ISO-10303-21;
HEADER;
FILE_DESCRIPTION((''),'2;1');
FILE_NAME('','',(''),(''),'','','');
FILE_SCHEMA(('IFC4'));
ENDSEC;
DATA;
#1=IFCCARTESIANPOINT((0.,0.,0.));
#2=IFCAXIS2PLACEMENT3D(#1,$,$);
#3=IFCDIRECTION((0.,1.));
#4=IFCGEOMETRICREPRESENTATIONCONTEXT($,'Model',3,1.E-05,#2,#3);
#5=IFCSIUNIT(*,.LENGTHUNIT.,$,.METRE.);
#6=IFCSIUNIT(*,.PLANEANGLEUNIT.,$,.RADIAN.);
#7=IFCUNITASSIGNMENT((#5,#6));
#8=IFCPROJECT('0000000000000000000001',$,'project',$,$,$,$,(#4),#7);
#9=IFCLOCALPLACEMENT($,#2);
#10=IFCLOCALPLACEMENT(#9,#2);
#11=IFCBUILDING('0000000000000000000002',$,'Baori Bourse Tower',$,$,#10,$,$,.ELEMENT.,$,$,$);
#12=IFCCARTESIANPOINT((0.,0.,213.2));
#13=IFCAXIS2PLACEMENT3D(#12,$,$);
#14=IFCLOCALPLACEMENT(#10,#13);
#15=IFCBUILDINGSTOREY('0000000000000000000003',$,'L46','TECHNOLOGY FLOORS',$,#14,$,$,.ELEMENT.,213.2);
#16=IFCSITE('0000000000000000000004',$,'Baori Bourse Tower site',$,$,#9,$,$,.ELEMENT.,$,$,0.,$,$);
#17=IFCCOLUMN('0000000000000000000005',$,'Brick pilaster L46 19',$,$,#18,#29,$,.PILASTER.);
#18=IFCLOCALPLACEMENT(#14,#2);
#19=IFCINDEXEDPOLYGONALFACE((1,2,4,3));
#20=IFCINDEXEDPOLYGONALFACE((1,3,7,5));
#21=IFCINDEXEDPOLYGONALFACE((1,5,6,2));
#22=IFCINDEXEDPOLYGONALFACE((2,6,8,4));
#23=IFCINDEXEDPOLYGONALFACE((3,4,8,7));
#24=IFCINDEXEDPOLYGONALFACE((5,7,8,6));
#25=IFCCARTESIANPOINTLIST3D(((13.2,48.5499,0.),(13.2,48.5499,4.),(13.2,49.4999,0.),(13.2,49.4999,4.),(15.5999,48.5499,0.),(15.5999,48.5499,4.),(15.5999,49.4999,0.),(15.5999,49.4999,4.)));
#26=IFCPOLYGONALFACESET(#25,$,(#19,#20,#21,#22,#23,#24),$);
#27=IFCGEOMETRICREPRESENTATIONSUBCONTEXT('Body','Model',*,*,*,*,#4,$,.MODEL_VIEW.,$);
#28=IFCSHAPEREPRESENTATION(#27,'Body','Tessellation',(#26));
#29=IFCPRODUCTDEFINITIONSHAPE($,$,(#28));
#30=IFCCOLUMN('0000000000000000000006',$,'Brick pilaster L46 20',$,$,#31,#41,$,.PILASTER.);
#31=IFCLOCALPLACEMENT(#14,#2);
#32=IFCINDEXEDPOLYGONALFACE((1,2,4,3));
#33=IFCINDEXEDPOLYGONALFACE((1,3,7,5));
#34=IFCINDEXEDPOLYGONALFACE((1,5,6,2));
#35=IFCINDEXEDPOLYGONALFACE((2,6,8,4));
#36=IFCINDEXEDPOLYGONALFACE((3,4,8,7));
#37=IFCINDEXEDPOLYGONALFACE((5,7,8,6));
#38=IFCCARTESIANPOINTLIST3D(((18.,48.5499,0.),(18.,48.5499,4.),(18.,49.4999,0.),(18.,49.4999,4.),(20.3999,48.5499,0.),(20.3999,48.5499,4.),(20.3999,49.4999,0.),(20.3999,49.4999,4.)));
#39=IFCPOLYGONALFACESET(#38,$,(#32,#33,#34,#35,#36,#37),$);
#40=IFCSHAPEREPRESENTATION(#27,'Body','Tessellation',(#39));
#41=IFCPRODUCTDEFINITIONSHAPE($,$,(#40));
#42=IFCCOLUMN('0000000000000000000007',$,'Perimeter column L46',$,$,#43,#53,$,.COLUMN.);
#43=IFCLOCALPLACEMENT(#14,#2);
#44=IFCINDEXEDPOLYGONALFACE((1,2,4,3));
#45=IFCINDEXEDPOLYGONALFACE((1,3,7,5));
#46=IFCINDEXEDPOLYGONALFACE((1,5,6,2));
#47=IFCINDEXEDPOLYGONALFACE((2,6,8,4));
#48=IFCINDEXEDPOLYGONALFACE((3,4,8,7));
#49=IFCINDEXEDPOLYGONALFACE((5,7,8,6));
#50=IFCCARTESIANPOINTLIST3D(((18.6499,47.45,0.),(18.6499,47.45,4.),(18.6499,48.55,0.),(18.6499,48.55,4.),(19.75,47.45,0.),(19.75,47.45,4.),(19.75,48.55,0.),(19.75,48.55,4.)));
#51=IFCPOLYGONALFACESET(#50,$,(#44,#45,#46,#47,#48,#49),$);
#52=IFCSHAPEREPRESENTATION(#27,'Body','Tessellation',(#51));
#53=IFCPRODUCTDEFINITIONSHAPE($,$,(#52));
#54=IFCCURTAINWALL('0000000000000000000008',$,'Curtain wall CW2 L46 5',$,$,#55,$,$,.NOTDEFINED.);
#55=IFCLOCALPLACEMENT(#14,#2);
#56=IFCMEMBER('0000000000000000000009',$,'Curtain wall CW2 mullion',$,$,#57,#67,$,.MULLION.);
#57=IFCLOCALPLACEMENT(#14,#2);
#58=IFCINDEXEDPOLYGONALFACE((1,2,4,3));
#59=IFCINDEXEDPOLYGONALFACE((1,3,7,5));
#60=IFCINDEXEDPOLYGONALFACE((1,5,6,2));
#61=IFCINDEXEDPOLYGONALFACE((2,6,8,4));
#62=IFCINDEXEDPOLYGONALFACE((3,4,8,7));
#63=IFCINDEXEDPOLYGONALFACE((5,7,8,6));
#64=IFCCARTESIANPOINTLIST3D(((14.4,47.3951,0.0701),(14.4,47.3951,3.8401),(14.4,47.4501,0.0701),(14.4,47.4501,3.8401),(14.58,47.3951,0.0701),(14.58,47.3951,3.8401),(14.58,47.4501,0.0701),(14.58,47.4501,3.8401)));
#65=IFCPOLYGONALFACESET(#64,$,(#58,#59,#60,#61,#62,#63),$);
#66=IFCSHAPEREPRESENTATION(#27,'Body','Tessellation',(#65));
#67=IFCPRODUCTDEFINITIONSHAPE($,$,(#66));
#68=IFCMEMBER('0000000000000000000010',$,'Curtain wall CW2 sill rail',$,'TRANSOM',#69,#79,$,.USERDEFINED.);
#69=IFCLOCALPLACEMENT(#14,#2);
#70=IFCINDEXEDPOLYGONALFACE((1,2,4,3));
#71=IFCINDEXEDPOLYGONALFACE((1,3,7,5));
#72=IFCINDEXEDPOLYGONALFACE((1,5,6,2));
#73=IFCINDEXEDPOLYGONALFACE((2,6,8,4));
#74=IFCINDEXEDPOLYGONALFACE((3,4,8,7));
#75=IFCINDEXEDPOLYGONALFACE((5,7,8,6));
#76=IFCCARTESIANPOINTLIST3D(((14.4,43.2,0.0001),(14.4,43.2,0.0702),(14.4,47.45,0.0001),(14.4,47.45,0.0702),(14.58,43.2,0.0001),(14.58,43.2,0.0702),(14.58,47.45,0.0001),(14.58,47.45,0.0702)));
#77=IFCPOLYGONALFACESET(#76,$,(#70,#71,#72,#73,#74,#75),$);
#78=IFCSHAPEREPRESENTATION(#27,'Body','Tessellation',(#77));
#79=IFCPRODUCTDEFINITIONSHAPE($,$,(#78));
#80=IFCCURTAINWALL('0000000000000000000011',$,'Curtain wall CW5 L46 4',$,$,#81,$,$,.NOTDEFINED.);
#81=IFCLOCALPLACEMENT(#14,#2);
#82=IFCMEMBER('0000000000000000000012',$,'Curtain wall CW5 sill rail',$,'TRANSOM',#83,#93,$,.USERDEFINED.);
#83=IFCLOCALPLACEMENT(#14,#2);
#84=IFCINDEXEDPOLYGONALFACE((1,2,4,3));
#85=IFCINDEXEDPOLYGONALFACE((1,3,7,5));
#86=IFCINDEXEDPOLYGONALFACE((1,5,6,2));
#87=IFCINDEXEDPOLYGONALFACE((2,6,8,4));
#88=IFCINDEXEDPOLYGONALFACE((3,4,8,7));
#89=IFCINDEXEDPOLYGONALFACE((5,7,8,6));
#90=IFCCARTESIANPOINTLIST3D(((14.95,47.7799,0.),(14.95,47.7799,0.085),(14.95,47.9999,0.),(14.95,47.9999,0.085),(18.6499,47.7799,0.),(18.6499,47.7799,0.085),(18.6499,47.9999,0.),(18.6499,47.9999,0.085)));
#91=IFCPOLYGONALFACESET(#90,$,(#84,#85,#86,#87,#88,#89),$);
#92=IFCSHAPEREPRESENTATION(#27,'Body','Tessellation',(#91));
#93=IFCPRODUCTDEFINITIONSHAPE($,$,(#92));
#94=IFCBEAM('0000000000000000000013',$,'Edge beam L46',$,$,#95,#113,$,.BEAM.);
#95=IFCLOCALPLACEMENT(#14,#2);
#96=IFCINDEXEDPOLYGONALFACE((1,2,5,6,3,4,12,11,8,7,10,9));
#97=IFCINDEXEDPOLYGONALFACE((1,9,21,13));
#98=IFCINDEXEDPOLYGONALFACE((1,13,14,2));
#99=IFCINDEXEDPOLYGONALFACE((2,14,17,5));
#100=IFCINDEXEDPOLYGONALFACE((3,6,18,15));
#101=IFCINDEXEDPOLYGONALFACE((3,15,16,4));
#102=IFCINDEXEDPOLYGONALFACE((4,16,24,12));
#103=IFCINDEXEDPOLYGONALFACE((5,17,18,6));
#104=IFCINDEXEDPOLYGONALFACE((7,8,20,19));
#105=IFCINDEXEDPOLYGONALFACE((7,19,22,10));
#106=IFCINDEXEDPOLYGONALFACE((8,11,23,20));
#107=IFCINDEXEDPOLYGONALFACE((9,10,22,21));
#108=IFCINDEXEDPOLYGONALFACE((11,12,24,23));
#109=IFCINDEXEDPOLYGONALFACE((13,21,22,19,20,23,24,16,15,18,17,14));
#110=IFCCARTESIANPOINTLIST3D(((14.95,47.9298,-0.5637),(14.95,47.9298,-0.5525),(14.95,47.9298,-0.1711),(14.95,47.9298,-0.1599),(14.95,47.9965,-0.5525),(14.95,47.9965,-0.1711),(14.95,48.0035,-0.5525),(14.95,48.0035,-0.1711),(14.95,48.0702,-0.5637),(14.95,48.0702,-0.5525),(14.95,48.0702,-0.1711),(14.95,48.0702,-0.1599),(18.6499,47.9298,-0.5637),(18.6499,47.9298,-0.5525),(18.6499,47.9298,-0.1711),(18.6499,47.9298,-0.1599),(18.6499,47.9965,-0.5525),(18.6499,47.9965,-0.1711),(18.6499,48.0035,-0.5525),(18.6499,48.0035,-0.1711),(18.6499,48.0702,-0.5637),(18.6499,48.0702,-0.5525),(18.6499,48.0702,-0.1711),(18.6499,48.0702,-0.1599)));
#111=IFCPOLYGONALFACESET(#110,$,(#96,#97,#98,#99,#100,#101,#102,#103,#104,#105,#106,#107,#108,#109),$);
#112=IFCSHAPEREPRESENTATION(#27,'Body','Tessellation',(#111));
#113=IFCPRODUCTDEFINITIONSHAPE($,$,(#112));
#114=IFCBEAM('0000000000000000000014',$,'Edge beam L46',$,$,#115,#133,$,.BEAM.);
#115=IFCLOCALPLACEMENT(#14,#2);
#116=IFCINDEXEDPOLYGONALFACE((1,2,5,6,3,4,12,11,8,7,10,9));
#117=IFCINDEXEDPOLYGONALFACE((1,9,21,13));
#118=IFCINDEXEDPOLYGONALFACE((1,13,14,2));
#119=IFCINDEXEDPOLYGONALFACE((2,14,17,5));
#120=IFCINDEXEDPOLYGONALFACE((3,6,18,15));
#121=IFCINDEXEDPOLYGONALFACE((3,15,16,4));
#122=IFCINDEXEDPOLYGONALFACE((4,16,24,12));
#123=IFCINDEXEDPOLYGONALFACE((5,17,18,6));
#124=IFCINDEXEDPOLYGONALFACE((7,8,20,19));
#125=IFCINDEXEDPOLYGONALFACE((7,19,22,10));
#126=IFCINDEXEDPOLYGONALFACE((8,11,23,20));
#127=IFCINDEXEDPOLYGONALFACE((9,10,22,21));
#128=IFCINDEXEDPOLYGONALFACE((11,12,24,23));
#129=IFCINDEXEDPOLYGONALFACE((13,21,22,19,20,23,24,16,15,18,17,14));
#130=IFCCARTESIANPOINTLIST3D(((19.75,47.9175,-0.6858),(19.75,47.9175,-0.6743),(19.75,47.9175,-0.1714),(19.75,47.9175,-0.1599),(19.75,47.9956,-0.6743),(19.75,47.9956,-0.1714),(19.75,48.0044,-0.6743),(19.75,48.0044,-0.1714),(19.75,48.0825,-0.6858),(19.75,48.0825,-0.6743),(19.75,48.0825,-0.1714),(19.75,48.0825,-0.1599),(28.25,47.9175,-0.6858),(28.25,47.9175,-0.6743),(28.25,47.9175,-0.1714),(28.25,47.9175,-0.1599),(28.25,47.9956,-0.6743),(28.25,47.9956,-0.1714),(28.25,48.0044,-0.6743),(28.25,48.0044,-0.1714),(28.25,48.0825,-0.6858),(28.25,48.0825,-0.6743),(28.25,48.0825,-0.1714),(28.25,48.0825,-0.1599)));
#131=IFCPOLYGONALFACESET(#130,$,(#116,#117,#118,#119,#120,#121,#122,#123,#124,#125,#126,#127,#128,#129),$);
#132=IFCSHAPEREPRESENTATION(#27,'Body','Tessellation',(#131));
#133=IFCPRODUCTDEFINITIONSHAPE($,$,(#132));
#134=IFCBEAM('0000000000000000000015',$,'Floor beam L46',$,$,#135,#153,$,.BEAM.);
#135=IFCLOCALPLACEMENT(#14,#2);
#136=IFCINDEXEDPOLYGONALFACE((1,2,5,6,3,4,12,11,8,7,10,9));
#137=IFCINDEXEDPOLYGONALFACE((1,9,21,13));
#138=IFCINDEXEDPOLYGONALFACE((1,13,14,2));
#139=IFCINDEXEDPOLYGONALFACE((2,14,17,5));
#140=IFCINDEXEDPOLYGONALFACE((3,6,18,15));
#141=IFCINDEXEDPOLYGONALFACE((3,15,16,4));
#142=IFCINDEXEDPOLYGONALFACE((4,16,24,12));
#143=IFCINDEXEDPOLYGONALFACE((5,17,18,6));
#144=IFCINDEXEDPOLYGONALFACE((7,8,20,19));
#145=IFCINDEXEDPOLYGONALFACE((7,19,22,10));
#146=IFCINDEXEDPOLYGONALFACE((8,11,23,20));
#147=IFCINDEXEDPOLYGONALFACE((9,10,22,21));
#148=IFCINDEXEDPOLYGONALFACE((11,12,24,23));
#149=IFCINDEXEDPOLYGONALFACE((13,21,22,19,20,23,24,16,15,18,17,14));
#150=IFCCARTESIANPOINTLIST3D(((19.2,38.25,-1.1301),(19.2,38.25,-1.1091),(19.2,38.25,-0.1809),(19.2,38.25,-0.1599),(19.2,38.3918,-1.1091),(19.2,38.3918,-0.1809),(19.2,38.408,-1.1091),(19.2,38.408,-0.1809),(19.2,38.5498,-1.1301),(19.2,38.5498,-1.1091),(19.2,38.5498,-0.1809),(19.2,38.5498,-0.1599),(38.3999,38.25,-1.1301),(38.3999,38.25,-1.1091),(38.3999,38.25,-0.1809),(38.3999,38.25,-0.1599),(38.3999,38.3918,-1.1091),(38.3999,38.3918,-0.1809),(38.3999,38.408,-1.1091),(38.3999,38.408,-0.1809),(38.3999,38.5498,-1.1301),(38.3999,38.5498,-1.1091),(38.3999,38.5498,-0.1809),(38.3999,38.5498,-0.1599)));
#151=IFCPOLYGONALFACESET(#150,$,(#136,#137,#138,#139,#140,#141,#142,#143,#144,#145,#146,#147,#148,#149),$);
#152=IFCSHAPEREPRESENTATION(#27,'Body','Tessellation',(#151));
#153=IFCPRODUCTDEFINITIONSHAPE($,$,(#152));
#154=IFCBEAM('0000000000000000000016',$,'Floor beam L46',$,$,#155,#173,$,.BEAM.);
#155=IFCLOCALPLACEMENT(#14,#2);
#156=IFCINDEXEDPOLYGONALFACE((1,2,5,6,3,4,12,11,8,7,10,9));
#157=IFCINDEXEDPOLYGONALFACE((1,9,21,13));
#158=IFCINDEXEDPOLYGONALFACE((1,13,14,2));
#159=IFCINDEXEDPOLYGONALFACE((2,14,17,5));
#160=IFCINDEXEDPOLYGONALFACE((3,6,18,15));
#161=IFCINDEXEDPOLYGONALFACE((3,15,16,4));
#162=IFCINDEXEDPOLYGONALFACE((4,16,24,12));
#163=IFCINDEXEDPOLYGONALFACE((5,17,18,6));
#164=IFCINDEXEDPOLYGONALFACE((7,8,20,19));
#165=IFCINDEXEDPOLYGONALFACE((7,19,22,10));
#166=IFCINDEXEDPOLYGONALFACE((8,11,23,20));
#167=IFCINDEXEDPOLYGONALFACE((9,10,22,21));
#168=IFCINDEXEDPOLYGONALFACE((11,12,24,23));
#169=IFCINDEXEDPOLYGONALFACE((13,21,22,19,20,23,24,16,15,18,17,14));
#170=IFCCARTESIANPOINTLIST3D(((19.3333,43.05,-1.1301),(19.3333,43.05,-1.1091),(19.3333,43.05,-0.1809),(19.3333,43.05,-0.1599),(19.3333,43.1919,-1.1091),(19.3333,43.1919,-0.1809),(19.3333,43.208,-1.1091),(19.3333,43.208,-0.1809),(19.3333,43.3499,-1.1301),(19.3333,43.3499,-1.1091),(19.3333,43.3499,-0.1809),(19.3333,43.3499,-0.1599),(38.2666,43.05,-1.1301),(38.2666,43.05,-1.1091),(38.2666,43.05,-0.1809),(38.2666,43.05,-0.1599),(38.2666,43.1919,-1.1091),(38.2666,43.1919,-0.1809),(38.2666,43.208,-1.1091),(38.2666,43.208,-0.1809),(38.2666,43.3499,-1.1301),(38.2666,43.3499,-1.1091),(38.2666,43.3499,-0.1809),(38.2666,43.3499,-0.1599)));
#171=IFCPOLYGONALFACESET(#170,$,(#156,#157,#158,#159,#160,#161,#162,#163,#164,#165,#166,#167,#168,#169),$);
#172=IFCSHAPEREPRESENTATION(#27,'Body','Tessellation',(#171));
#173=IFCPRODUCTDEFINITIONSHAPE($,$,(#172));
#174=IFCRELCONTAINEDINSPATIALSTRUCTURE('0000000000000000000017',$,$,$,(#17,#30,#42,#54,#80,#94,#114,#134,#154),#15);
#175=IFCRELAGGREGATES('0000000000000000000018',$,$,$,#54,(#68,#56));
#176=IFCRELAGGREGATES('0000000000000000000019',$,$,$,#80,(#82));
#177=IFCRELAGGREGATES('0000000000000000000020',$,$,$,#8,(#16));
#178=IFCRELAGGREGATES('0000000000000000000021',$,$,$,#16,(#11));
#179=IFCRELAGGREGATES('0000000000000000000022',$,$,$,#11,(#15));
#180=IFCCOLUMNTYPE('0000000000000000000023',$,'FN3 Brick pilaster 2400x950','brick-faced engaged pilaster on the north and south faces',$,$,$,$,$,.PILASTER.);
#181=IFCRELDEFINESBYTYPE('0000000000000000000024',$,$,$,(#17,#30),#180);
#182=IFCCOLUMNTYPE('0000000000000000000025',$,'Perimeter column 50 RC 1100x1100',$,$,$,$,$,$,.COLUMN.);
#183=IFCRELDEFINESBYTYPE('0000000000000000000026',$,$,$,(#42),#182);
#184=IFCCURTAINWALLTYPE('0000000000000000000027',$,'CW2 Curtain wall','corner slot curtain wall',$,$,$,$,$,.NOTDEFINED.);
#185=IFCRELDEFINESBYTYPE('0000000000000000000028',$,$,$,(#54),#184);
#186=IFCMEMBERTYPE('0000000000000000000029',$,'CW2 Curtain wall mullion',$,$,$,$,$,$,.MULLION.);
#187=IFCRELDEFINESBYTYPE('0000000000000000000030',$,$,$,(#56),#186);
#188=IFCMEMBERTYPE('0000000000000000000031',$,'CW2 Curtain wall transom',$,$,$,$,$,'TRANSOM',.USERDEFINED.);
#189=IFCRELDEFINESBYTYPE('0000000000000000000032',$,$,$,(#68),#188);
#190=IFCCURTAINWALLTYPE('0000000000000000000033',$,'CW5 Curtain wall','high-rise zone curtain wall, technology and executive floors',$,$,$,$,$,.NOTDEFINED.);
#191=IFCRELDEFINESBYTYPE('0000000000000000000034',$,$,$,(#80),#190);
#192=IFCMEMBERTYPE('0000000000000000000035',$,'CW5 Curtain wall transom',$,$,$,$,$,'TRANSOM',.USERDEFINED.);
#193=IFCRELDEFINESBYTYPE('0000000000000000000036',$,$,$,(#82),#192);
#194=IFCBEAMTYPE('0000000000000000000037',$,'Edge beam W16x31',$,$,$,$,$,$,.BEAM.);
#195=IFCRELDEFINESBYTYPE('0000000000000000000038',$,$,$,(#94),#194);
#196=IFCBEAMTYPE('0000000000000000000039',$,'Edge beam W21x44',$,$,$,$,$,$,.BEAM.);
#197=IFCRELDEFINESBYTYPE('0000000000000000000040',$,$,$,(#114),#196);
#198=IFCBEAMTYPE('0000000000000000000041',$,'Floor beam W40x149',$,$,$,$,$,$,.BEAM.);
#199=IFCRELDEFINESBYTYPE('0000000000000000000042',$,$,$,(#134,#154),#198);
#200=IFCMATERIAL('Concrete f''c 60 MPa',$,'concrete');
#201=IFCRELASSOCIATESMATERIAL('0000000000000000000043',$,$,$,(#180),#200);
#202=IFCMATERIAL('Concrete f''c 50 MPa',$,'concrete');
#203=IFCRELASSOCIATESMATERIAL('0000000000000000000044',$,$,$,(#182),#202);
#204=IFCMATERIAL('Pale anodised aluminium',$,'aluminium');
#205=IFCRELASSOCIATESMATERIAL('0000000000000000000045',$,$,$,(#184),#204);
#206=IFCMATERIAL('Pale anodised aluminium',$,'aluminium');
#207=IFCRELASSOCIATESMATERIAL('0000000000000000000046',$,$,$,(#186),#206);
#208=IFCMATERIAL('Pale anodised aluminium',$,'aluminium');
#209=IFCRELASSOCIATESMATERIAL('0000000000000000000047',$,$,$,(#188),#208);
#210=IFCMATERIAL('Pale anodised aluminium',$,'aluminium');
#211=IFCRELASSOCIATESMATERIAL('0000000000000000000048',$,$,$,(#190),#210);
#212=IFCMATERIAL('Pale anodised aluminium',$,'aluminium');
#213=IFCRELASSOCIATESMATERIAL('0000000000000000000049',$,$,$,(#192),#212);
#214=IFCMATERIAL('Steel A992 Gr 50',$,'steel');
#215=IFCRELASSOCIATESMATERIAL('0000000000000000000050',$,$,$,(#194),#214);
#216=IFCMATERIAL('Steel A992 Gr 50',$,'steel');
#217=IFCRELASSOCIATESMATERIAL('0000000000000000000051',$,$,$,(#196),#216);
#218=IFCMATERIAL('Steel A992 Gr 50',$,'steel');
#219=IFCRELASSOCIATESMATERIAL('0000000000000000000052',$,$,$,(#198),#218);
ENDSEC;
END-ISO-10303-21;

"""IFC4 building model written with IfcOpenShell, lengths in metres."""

from ifc_helpers import new_model, si_unit, direction, frame, origin, origin_2d, place, context, subcontext, project, spatial, rectangle, i_section, extrude, material, material_profile, profile_set, type_object, element, aggregate, save


model = new_model("IFC4")

# Units and contexts
model_context = context("Model", 3, precision=1e-05, world=origin(), true_north=direction((0.0, 1.0)))
body_context = subcontext(model_context, "Body", "Model", "MODEL_VIEW")
ifc_project = project(units=[si_unit("LENGTHUNIT", "METRE"), si_unit("PLANEANGLEUNIT", "RADIAN")], contexts=[model_context])

# Site, building, storey
site_placement = place(None, origin())
site = spatial("IfcSite", under=ifc_project, at=site_placement, Name="Baori Bourse Tower site", CompositionType="ELEMENT", RefElevation=0.0)
building_placement = place(site_placement, origin())
building = spatial("IfcBuilding", under=site, at=building_placement, Name="Baori Bourse Tower", CompositionType="ELEMENT")
storey_placement = place(building_placement, frame((0.0, 0.0, 213.2)))
storey = spatial("IfcBuildingStorey", under=building, at=storey_placement, Name="L46", Description="TECHNOLOGY FLOORS", CompositionType="ELEMENT", Elevation=213.2)

# Columns
ifc_material_1 = material(Name="Concrete f'c 60 MPa", Category="concrete")
ifc_material_profile_1 = material_profile(ifc_material_1, rectangle(XDim=2.3999, YDim=0.95, at=origin_2d()), Name="RC 2400x950")
ifc_profile_set_1 = profile_set([ifc_material_profile_1], Name="Concrete f'c 60 MPa")
column_type_1 = type_object("IfcColumnType", Name="FN3 Brick pilaster 2400x950", Description="brick-faced engaged pilaster on the north and south faces", PredefinedType="PILASTER", material=ifc_profile_set_1)
for number, where, z_axis, x_axis, name in (
    (1, (14.3999, 49.0249, 0.0), (0.0, 0.0, 1.0), (1.0, 0.0, 0.0), "Brick pilaster L46 19"),
    (2, (19.2, 49.0249, 0.0), (0.0, 0.0, 1.0), (1.0, 0.0, 0.0), "Brick pilaster L46 20"),
):
    element("IfcColumn", number, at=place(storey_placement, frame(where, z_axis=z_axis, x_axis=x_axis)), inside=storey, type_object=column_type_1, Name=name, PredefinedType="PILASTER", context=body_context, shape_type="SweptSolid", body=[
        extrude(rectangle(XDim=2.3999, YDim=0.95, at=origin_2d()), origin(), (0.0, 0.0, 1.0), 4.0),
    ])
ifc_material_2 = material(Name="Concrete f'c 50 MPa", Category="concrete")
ifc_material_profile_2 = material_profile(ifc_material_2, rectangle(XDim=1.1001, YDim=1.1001, at=origin_2d()), Name="RC 1100x1100")
ifc_profile_set_2 = profile_set([ifc_material_profile_2], Name="Concrete f'c 50 MPa")
column_type_2 = type_object("IfcColumnType", Name="Perimeter column 50 RC 1100x1100", PredefinedType="COLUMN", material=ifc_profile_set_2)
column_placement = place(storey_placement, frame((19.2, 48.0, 0.0), z_axis=(0.0, 0.0, 1.0), x_axis=(1.0, 0.0, 0.0)))
element("IfcColumn", 3, at=column_placement, inside=storey, type_object=column_type_2, Name="Perimeter column L46", PredefinedType="COLUMN", context=body_context, shape_type="SweptSolid", body=[
    extrude(rectangle(XDim=1.1001, YDim=1.1001, at=origin_2d()), origin(), (0.0, 0.0, 1.0), 4.0),
])

# Curtain wall, members
ifc_material_3 = material(Name="Pale anodised aluminium", Category="aluminium")
curtain_wall_type_1 = type_object("IfcCurtainWallType", Name="CW2 Curtain wall", Description="corner slot curtain wall", PredefinedType="NOTDEFINED", material=ifc_material_3)
curtain_wall_1_placement = place(storey_placement, origin())
curtain_wall_1 = element("IfcCurtainWall", 4, at=curtain_wall_1_placement, inside=storey, type_object=curtain_wall_type_1, Name="Curtain wall CW2 L46 5", PredefinedType="NOTDEFINED")
ifc_material_4 = material(Name="Pale anodised aluminium", Category="aluminium")
ifc_material_profile_3 = material_profile(ifc_material_4, rectangle(XDim=0.1799, YDim=0.0549, at=origin_2d()), Name="Mullion 55x180")
ifc_profile_set_3 = profile_set([ifc_material_profile_3], Name="Pale anodised aluminium")
member_type_1 = type_object("IfcMemberType", Name="CW2 Curtain wall mullion", PredefinedType="MULLION", material=ifc_profile_set_3)
member_1_placement = place(storey_placement, frame((14.49, 47.4226, 0.0701), z_axis=(0.0, 0.0, 1.0), x_axis=(1.0, 0.0, 0.0)))
member_1 = element("IfcMember", 5, at=member_1_placement, type_object=member_type_1, Name="Curtain wall CW2 mullion", PredefinedType="MULLION", context=body_context, shape_type="SweptSolid", body=[
    extrude(rectangle(XDim=0.1799, YDim=0.0549, at=origin_2d()), origin(), (0.0, 0.0, 1.0), 3.77),
])
ifc_material_5 = material(Name="Pale anodised aluminium", Category="aluminium")
ifc_material_profile_4 = material_profile(ifc_material_5, rectangle(XDim=0.1799, YDim=0.0701, at=origin_2d()), Name="Transom 70x180")
ifc_profile_set_4 = profile_set([ifc_material_profile_4], Name="Pale anodised aluminium")
member_type_2 = type_object("IfcMemberType", Name="CW2 Curtain wall transom", ElementType="TRANSOM", PredefinedType="USERDEFINED", material=ifc_profile_set_4)
member_2_placement = place(storey_placement, frame((14.49, 47.45, 0.0352), z_axis=(0.0, -1.0, 0.0), x_axis=(1.0, 0.0, 0.0)))
member_2 = element("IfcMember", 6, at=member_2_placement, type_object=member_type_2, Name="Curtain wall CW2 sill rail", ObjectType="TRANSOM", PredefinedType="USERDEFINED", context=body_context, shape_type="SweptSolid", body=[
    extrude(rectangle(XDim=0.1799, YDim=0.0701, at=origin_2d()), origin(), (0.0, 0.0, 1.0), 4.25),
])

# Curtain wall, member
ifc_material_6 = material(Name="Pale anodised aluminium", Category="aluminium")
curtain_wall_type_2 = type_object("IfcCurtainWallType", Name="CW5 Curtain wall", Description="high-rise zone curtain wall, technology and executive floors", PredefinedType="NOTDEFINED", material=ifc_material_6)
curtain_wall_2_placement = place(storey_placement, origin())
curtain_wall_2 = element("IfcCurtainWall", 7, at=curtain_wall_2_placement, inside=storey, type_object=curtain_wall_type_2, Name="Curtain wall CW5 L46 4", PredefinedType="NOTDEFINED")
ifc_material_7 = material(Name="Pale anodised aluminium", Category="aluminium")
ifc_material_profile_5 = material_profile(ifc_material_7, rectangle(XDim=0.22, YDim=0.085, at=origin_2d()), Name="Transom 85x220")
ifc_profile_set_5 = profile_set([ifc_material_profile_5], Name="Pale anodised aluminium")
member_type_3 = type_object("IfcMemberType", Name="CW5 Curtain wall transom", ElementType="TRANSOM", PredefinedType="USERDEFINED", material=ifc_profile_set_5)
member_3_placement = place(storey_placement, frame((18.6499, 47.8899, 0.0425), z_axis=(-1.0, 0.0, 0.0), x_axis=(0.0, -1.0, 0.0)))
member_3 = element("IfcMember", 8, at=member_3_placement, type_object=member_type_3, Name="Curtain wall CW5 sill rail", ObjectType="TRANSOM", PredefinedType="USERDEFINED", context=body_context, shape_type="SweptSolid", body=[
    extrude(rectangle(XDim=0.22, YDim=0.085, at=origin_2d()), origin(), (0.0, 0.0, 1.0), 3.7),
])

# Beams
ifc_material_8 = material(Name="Steel A992 Gr 50", Category="steel")
ifc_material_profile_6 = material_profile(ifc_material_8, i_section(OverallWidth=0.1404, OverallDepth=0.4038, WebThickness=0.0071, FlangeThickness=0.0112, at=origin_2d()), Name="W16x31")
ifc_profile_set_6 = profile_set([ifc_material_profile_6], Name="Steel A992 Gr 50")
beam_type_1 = type_object("IfcBeamType", Name="Edge beam W16x31", PredefinedType="BEAM", material=ifc_profile_set_6)
beam_1_placement = place(storey_placement, frame((14.95, 48.0, -0.3618), z_axis=(1.0, 0.0, 0.0), x_axis=(0.0, 1.0, 0.0)))
element("IfcBeam", 9, at=beam_1_placement, inside=storey, type_object=beam_type_1, Name="Edge beam L46", PredefinedType="BEAM", context=body_context, shape_type="SweptSolid", body=[
    extrude(i_section(OverallWidth=0.1404, OverallDepth=0.4038, WebThickness=0.0071, FlangeThickness=0.0112, at=origin_2d()), origin(), (0.0, 0.0, 1.0), 3.7),
])
ifc_material_9 = material(Name="Steel A992 Gr 50", Category="steel")
ifc_material_profile_7 = material_profile(ifc_material_9, i_section(OverallWidth=0.165, OverallDepth=0.5259, WebThickness=0.0088, FlangeThickness=0.0115, at=origin_2d()), Name="W21x44")
ifc_profile_set_7 = profile_set([ifc_material_profile_7], Name="Steel A992 Gr 50")
beam_type_2 = type_object("IfcBeamType", Name="Edge beam W21x44", PredefinedType="BEAM", material=ifc_profile_set_7)
beam_2_placement = place(storey_placement, frame((19.75, 48.0, -0.4229), z_axis=(1.0, 0.0, 0.0), x_axis=(0.0, 1.0, 0.0)))
element("IfcBeam", 10, at=beam_2_placement, inside=storey, type_object=beam_type_2, Name="Edge beam L46", PredefinedType="BEAM", context=body_context, shape_type="SweptSolid", body=[
    extrude(i_section(OverallWidth=0.165, OverallDepth=0.5259, WebThickness=0.0088, FlangeThickness=0.0115, at=origin_2d()), origin(), (0.0, 0.0, 1.0), 8.5),
])
ifc_material_10 = material(Name="Steel A992 Gr 50", Category="steel")
ifc_material_profile_8 = material_profile(ifc_material_10, i_section(OverallWidth=0.2998, OverallDepth=0.9702, WebThickness=0.0161, FlangeThickness=0.021, at=origin_2d()), Name="W40x149")
ifc_profile_set_8 = profile_set([ifc_material_profile_8], Name="Steel A992 Gr 50")
beam_type_3 = type_object("IfcBeamType", Name="Floor beam W40x149", PredefinedType="BEAM", material=ifc_profile_set_8)
beam_3_placement = place(storey_placement, frame((19.2, 38.3999, -0.645), z_axis=(1.0, 0.0, 0.0), x_axis=(0.0, 1.0, 0.0)))
element("IfcBeam", 11, at=beam_3_placement, inside=storey, type_object=beam_type_3, Name="Floor beam L46", PredefinedType="BEAM", context=body_context, shape_type="SweptSolid", body=[
    extrude(i_section(OverallWidth=0.2998, OverallDepth=0.9702, WebThickness=0.0161, FlangeThickness=0.021, at=origin_2d()), origin(), (0.0, 0.0, 1.0), 19.2),
])
beam_4_placement = place(storey_placement, frame((19.3333, 43.2, -0.645), z_axis=(1.0, 0.0, 0.0), x_axis=(0.0, 1.0, 0.0)))
element("IfcBeam", 12, at=beam_4_placement, inside=storey, type_object=beam_type_3, Name="Floor beam L46", PredefinedType="BEAM", context=body_context, shape_type="SweptSolid", body=[
    extrude(i_section(OverallWidth=0.2998, OverallDepth=0.9702, WebThickness=0.0161, FlangeThickness=0.021, at=origin_2d()), origin(), (0.0, 0.0, 1.0), 18.9333),
])

aggregate(curtain_wall_1, [member_2, member_1])
aggregate(curtain_wall_2, [member_3])

save(model, "model.ifc")
